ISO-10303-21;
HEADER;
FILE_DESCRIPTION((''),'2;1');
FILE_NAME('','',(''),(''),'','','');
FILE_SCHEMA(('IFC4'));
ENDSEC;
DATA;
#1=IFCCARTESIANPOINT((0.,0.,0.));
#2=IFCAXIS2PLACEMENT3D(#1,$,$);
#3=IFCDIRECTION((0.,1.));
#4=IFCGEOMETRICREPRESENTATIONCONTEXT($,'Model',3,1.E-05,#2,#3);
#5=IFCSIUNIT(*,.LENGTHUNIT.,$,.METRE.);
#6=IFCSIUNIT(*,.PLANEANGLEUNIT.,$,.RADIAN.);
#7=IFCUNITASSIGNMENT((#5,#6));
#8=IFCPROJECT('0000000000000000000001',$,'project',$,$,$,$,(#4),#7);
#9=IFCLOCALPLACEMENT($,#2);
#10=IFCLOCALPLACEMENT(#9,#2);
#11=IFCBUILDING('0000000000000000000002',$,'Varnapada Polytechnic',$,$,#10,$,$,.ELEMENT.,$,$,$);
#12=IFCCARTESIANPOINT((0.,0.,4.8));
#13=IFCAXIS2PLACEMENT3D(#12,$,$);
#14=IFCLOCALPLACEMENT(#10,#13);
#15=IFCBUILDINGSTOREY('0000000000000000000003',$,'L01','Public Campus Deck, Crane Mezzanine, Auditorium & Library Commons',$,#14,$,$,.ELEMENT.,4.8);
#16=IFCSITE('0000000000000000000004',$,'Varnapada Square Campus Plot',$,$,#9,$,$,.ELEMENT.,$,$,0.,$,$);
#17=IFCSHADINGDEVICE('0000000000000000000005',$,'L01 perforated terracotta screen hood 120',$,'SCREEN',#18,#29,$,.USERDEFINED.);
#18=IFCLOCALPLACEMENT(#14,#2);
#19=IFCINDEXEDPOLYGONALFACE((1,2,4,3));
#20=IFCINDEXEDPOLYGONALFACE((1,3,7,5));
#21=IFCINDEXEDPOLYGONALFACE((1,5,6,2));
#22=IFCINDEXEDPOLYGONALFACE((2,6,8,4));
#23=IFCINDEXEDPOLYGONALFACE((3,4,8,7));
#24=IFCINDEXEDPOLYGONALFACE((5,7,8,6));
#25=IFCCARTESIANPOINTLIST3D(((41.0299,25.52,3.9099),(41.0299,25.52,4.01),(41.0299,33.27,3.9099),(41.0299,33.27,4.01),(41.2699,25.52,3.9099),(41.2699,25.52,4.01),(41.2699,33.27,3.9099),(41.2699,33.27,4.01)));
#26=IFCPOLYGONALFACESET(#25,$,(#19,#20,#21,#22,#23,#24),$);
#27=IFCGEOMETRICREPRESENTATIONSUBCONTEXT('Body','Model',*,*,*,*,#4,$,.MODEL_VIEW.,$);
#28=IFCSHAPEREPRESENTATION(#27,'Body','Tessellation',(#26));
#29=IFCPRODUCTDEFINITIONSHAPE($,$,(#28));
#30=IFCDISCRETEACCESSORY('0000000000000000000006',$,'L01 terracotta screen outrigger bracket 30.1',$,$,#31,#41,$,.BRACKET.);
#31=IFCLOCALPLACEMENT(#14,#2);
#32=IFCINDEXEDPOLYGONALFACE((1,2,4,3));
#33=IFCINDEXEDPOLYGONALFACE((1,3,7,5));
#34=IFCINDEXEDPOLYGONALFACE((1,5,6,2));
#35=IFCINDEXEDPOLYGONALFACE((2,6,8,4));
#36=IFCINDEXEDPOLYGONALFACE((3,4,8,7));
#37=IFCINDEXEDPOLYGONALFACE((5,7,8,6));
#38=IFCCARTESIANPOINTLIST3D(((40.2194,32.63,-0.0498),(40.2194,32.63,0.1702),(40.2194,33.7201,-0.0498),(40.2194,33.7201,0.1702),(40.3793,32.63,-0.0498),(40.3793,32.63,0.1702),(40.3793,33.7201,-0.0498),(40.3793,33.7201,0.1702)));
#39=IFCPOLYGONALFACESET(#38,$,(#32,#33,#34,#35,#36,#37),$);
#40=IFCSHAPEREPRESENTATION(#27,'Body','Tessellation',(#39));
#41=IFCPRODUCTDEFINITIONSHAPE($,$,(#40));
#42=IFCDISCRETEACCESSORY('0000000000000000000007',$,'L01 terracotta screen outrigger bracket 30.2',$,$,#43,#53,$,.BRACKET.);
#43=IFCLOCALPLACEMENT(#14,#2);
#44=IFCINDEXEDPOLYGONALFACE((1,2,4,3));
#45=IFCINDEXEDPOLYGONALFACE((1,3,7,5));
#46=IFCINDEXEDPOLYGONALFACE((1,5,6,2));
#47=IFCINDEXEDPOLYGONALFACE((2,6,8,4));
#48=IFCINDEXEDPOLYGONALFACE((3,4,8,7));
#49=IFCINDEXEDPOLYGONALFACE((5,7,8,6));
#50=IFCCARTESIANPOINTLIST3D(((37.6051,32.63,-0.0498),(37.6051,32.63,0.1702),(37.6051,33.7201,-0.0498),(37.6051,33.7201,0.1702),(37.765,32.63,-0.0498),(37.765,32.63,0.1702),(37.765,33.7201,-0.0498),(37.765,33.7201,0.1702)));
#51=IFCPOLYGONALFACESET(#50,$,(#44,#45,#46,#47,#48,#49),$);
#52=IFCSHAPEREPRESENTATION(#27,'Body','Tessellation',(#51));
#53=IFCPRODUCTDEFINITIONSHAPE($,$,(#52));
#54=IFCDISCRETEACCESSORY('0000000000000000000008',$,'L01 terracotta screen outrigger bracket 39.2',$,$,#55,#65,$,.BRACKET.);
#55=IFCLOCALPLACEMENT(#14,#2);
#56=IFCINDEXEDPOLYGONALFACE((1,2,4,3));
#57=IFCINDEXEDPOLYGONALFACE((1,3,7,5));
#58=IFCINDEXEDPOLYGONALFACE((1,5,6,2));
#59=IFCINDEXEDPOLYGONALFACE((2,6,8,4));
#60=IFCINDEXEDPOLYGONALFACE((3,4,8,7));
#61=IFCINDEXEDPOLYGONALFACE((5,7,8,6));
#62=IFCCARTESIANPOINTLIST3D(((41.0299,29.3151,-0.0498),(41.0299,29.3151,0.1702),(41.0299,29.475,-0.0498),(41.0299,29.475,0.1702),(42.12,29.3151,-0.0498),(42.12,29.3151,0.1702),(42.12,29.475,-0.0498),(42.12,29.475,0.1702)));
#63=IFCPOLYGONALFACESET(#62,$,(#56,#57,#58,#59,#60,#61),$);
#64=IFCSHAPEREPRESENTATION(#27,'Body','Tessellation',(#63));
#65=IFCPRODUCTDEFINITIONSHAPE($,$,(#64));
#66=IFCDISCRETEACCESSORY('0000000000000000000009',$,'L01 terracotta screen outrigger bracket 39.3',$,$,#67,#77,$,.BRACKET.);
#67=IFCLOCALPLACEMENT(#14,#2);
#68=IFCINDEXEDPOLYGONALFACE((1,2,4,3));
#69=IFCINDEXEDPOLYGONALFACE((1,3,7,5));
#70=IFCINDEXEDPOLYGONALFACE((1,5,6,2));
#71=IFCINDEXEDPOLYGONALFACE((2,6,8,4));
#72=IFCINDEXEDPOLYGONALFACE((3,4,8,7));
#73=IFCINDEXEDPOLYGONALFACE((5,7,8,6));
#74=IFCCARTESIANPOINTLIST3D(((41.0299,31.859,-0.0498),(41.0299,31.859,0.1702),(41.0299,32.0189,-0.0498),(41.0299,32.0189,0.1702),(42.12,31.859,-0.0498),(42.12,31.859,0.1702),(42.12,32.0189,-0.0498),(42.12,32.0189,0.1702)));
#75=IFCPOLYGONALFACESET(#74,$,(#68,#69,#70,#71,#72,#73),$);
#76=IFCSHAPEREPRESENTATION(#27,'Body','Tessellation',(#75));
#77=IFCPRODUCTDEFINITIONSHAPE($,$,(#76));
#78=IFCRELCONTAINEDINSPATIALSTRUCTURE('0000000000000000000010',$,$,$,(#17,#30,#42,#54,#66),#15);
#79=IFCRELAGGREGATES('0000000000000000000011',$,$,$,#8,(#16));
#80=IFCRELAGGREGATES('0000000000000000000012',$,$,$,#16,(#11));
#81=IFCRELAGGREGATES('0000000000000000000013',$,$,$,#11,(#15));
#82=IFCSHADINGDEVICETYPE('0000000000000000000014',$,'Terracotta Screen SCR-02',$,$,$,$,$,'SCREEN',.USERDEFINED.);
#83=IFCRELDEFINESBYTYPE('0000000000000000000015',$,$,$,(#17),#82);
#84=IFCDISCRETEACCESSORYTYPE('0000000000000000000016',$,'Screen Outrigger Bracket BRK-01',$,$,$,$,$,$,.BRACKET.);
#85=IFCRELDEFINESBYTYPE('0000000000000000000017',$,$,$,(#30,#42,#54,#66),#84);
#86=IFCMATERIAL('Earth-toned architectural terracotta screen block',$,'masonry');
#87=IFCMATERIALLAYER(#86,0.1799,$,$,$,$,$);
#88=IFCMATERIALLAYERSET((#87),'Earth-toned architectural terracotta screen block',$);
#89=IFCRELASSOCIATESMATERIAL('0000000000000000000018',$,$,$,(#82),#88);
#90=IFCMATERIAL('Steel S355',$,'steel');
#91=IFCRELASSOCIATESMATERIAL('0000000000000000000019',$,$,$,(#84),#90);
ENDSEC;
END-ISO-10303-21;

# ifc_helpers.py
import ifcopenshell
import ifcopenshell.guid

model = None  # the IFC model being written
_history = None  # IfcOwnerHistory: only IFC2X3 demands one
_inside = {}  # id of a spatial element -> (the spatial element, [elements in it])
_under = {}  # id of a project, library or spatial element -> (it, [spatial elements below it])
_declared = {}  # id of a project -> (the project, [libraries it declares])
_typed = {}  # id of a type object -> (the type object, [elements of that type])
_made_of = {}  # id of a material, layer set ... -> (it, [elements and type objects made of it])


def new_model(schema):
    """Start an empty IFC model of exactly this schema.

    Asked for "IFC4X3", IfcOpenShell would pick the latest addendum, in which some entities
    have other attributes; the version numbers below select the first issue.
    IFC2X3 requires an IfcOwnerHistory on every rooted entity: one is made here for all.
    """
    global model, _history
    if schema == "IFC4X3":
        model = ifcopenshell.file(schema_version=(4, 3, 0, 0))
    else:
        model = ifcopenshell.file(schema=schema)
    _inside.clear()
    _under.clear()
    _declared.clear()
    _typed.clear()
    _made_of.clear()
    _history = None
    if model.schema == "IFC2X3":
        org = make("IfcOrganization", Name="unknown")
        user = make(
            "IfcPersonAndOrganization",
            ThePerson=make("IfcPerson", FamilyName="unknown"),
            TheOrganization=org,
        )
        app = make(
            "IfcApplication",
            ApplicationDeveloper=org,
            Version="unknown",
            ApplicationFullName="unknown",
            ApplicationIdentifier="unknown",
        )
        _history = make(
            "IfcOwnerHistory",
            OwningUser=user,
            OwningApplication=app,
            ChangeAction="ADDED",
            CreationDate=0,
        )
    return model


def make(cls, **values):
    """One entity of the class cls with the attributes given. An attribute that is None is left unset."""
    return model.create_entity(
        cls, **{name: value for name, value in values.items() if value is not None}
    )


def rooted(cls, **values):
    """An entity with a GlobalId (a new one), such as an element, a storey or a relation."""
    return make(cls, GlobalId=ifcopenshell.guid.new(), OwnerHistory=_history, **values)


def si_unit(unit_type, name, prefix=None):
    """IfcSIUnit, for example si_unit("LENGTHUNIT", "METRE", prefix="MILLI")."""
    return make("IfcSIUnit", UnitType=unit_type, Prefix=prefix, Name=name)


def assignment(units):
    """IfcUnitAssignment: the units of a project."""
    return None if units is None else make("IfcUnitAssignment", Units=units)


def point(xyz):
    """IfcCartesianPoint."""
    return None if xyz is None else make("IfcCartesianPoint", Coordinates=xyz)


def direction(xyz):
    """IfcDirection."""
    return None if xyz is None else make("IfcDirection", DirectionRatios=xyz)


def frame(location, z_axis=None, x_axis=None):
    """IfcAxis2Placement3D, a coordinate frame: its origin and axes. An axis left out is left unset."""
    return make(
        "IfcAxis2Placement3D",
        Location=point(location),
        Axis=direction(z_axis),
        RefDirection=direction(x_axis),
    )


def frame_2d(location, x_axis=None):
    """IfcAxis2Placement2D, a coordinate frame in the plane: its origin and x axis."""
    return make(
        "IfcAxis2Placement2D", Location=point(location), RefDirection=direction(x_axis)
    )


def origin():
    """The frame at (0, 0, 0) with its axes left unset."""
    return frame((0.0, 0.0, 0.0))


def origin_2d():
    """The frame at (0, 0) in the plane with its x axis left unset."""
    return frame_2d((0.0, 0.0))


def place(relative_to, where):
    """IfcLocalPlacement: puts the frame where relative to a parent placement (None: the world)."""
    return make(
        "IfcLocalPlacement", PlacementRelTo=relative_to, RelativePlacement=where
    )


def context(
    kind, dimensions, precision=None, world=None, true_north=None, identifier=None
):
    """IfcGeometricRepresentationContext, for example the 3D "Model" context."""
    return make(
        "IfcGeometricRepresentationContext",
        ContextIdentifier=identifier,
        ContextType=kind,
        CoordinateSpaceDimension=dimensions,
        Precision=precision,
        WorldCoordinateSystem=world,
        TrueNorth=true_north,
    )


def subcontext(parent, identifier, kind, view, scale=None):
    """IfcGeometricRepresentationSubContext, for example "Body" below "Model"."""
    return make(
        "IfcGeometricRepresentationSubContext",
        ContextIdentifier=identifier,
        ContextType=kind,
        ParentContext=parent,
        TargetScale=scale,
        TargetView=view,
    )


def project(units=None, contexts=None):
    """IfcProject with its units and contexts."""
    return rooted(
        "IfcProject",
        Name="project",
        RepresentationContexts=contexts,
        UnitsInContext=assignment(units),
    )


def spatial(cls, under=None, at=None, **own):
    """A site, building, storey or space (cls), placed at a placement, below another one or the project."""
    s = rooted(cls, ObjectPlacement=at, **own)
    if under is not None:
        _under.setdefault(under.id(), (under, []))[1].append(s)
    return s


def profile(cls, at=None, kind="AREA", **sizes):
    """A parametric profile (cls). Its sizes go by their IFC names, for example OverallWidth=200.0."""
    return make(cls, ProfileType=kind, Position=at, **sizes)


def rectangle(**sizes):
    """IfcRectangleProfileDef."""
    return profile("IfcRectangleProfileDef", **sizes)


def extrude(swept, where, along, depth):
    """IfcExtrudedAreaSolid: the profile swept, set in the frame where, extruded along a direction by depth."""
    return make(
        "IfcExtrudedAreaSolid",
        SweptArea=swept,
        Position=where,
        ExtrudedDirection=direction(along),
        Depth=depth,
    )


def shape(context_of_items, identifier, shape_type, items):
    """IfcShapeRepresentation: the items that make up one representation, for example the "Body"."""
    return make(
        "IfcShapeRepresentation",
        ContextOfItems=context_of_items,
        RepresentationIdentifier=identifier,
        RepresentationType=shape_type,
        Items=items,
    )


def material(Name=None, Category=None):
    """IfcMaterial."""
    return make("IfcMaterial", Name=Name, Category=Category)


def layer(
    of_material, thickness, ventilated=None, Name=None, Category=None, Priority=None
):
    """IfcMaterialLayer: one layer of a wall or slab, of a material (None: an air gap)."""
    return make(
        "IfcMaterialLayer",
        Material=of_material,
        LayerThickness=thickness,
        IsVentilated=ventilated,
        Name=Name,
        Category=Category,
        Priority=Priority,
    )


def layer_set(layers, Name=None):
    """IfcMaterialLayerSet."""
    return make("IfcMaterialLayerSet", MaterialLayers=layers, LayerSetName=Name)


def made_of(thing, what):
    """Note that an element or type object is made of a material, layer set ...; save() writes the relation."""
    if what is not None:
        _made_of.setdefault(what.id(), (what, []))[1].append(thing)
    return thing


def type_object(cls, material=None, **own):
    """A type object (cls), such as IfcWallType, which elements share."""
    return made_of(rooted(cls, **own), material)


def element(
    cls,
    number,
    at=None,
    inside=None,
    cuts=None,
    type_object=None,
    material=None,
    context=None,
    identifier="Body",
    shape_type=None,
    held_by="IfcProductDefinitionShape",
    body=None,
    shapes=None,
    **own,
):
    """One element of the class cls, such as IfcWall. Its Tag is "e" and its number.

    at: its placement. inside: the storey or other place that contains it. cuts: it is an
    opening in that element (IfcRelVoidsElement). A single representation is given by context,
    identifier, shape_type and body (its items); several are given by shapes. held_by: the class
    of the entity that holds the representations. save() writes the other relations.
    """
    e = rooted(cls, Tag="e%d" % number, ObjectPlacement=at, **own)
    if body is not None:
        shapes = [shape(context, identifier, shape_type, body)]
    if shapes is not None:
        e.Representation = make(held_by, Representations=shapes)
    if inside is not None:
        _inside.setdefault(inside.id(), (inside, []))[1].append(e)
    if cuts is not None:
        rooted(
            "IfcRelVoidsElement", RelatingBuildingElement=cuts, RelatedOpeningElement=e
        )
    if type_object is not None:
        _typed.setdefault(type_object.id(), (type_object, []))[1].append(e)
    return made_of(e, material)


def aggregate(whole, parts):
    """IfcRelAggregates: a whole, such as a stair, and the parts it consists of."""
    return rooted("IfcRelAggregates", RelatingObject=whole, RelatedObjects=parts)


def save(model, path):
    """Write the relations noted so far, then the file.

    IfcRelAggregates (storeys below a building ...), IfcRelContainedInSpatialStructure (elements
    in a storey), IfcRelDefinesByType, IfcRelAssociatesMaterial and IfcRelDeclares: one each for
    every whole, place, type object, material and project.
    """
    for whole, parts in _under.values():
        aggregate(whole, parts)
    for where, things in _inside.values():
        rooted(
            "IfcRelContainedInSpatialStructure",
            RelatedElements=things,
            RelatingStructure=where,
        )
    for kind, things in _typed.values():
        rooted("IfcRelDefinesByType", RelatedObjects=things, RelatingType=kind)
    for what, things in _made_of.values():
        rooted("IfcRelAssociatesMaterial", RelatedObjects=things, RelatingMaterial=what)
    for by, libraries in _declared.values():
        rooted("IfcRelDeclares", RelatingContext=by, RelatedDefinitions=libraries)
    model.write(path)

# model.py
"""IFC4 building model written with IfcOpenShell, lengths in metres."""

from ifc_helpers import new_model, si_unit, direction, frame, origin, origin_2d, place, context, subcontext, project, spatial, rectangle, extrude, material, layer, layer_set, type_object, element, save


model = new_model("IFC4")

# Units and contexts
model_context = context("Model", 3, precision=1e-05, world=origin(), true_north=direction((0.0, 1.0)))
body_context = subcontext(model_context, "Body", "Model", "MODEL_VIEW")
ifc_project = project(units=[si_unit("LENGTHUNIT", "METRE"), si_unit("PLANEANGLEUNIT", "RADIAN")], contexts=[model_context])

# Site, building, storey
site_placement = place(None, origin())
site = spatial("IfcSite", under=ifc_project, at=site_placement, Name="Varnapada Square Campus Plot", CompositionType="ELEMENT", RefElevation=0.0)
building_placement = place(site_placement, origin())
building = spatial("IfcBuilding", under=site, at=building_placement, Name="Varnapada Polytechnic", CompositionType="ELEMENT")
storey_placement = place(building_placement, frame((0.0, 0.0, 4.8)))
storey = spatial("IfcBuildingStorey", under=building, at=storey_placement, Name="L01", Description="Public Campus Deck, Crane Mezzanine, Auditorium & Library Commons", CompositionType="ELEMENT", Elevation=4.8)

# Shared definitions
ifc_material_1 = material(Name="Earth-toned architectural terracotta screen block", Category="masonry")

# Shading device
ifc_layer_1 = layer(ifc_material_1, 0.1799)
ifc_layer_set_1 = layer_set([ifc_layer_1], Name="Earth-toned architectural terracotta screen block")
shading_device_type = type_object("IfcShadingDeviceType", Name="Terracotta Screen SCR-02", ElementType="SCREEN", PredefinedType="USERDEFINED", material=ifc_layer_set_1)
shading_device_1_placement = place(storey_placement, frame((41.1499, 29.395, 3.9099), z_axis=(0.0, 0.0, 1.0), x_axis=(0.0, 1.0, 0.0)))
element("IfcShadingDevice", 1, at=shading_device_1_placement, inside=storey, type_object=shading_device_type, Name="L01 perforated terracotta screen hood 120", ObjectType="SCREEN", PredefinedType="USERDEFINED", context=body_context, shape_type="SweptSolid", body=[
    extrude(rectangle(XDim=7.75, YDim=0.24, at=origin_2d()), origin(), (0.0, 0.0, 1.0), 0.1001),
])

# Discrete accessories
ifc_material_2 = material(Name="Steel S355", Category="steel")
discrete_accessory_type = type_object("IfcDiscreteAccessoryType", Name="Screen Outrigger Bracket BRK-01", PredefinedType="BRACKET", material=ifc_material_2)
for number, where, z_axis, x_axis, name in (
    (2, (40.2993, 33.175, -0.0498), (0.0, 0.0, 1.0), (-1.0, 0.0, 0.0), "L01 terracotta screen outrigger bracket 30.1"),
    (3, (37.6851, 33.175, -0.0498), (0.0, 0.0, 1.0), (-1.0, 0.0, 0.0), "L01 terracotta screen outrigger bracket 30.2"),
    (4, (41.575, 29.395, -0.0498), (0.0, 0.0, 1.0), (0.0, 1.0, 0.0), "L01 terracotta screen outrigger bracket 39.2"),
    (5, (41.575, 31.939, -0.0498), (0.0, 0.0, 1.0), (0.0, 1.0, 0.0), "L01 terracotta screen outrigger bracket 39.3"),
):
    element("IfcDiscreteAccessory", number, at=place(storey_placement, frame(where, z_axis=z_axis, x_axis=x_axis)), inside=storey, type_object=discrete_accessory_type, Name=name, PredefinedType="BRACKET", context=body_context, shape_type="SweptSolid", body=[
        extrude(rectangle(XDim=0.1599, YDim=1.0901, at=origin_2d()), origin(), (0.0, 0.0, 1.0), 0.22),
    ])

save(model, "model.ifc")
